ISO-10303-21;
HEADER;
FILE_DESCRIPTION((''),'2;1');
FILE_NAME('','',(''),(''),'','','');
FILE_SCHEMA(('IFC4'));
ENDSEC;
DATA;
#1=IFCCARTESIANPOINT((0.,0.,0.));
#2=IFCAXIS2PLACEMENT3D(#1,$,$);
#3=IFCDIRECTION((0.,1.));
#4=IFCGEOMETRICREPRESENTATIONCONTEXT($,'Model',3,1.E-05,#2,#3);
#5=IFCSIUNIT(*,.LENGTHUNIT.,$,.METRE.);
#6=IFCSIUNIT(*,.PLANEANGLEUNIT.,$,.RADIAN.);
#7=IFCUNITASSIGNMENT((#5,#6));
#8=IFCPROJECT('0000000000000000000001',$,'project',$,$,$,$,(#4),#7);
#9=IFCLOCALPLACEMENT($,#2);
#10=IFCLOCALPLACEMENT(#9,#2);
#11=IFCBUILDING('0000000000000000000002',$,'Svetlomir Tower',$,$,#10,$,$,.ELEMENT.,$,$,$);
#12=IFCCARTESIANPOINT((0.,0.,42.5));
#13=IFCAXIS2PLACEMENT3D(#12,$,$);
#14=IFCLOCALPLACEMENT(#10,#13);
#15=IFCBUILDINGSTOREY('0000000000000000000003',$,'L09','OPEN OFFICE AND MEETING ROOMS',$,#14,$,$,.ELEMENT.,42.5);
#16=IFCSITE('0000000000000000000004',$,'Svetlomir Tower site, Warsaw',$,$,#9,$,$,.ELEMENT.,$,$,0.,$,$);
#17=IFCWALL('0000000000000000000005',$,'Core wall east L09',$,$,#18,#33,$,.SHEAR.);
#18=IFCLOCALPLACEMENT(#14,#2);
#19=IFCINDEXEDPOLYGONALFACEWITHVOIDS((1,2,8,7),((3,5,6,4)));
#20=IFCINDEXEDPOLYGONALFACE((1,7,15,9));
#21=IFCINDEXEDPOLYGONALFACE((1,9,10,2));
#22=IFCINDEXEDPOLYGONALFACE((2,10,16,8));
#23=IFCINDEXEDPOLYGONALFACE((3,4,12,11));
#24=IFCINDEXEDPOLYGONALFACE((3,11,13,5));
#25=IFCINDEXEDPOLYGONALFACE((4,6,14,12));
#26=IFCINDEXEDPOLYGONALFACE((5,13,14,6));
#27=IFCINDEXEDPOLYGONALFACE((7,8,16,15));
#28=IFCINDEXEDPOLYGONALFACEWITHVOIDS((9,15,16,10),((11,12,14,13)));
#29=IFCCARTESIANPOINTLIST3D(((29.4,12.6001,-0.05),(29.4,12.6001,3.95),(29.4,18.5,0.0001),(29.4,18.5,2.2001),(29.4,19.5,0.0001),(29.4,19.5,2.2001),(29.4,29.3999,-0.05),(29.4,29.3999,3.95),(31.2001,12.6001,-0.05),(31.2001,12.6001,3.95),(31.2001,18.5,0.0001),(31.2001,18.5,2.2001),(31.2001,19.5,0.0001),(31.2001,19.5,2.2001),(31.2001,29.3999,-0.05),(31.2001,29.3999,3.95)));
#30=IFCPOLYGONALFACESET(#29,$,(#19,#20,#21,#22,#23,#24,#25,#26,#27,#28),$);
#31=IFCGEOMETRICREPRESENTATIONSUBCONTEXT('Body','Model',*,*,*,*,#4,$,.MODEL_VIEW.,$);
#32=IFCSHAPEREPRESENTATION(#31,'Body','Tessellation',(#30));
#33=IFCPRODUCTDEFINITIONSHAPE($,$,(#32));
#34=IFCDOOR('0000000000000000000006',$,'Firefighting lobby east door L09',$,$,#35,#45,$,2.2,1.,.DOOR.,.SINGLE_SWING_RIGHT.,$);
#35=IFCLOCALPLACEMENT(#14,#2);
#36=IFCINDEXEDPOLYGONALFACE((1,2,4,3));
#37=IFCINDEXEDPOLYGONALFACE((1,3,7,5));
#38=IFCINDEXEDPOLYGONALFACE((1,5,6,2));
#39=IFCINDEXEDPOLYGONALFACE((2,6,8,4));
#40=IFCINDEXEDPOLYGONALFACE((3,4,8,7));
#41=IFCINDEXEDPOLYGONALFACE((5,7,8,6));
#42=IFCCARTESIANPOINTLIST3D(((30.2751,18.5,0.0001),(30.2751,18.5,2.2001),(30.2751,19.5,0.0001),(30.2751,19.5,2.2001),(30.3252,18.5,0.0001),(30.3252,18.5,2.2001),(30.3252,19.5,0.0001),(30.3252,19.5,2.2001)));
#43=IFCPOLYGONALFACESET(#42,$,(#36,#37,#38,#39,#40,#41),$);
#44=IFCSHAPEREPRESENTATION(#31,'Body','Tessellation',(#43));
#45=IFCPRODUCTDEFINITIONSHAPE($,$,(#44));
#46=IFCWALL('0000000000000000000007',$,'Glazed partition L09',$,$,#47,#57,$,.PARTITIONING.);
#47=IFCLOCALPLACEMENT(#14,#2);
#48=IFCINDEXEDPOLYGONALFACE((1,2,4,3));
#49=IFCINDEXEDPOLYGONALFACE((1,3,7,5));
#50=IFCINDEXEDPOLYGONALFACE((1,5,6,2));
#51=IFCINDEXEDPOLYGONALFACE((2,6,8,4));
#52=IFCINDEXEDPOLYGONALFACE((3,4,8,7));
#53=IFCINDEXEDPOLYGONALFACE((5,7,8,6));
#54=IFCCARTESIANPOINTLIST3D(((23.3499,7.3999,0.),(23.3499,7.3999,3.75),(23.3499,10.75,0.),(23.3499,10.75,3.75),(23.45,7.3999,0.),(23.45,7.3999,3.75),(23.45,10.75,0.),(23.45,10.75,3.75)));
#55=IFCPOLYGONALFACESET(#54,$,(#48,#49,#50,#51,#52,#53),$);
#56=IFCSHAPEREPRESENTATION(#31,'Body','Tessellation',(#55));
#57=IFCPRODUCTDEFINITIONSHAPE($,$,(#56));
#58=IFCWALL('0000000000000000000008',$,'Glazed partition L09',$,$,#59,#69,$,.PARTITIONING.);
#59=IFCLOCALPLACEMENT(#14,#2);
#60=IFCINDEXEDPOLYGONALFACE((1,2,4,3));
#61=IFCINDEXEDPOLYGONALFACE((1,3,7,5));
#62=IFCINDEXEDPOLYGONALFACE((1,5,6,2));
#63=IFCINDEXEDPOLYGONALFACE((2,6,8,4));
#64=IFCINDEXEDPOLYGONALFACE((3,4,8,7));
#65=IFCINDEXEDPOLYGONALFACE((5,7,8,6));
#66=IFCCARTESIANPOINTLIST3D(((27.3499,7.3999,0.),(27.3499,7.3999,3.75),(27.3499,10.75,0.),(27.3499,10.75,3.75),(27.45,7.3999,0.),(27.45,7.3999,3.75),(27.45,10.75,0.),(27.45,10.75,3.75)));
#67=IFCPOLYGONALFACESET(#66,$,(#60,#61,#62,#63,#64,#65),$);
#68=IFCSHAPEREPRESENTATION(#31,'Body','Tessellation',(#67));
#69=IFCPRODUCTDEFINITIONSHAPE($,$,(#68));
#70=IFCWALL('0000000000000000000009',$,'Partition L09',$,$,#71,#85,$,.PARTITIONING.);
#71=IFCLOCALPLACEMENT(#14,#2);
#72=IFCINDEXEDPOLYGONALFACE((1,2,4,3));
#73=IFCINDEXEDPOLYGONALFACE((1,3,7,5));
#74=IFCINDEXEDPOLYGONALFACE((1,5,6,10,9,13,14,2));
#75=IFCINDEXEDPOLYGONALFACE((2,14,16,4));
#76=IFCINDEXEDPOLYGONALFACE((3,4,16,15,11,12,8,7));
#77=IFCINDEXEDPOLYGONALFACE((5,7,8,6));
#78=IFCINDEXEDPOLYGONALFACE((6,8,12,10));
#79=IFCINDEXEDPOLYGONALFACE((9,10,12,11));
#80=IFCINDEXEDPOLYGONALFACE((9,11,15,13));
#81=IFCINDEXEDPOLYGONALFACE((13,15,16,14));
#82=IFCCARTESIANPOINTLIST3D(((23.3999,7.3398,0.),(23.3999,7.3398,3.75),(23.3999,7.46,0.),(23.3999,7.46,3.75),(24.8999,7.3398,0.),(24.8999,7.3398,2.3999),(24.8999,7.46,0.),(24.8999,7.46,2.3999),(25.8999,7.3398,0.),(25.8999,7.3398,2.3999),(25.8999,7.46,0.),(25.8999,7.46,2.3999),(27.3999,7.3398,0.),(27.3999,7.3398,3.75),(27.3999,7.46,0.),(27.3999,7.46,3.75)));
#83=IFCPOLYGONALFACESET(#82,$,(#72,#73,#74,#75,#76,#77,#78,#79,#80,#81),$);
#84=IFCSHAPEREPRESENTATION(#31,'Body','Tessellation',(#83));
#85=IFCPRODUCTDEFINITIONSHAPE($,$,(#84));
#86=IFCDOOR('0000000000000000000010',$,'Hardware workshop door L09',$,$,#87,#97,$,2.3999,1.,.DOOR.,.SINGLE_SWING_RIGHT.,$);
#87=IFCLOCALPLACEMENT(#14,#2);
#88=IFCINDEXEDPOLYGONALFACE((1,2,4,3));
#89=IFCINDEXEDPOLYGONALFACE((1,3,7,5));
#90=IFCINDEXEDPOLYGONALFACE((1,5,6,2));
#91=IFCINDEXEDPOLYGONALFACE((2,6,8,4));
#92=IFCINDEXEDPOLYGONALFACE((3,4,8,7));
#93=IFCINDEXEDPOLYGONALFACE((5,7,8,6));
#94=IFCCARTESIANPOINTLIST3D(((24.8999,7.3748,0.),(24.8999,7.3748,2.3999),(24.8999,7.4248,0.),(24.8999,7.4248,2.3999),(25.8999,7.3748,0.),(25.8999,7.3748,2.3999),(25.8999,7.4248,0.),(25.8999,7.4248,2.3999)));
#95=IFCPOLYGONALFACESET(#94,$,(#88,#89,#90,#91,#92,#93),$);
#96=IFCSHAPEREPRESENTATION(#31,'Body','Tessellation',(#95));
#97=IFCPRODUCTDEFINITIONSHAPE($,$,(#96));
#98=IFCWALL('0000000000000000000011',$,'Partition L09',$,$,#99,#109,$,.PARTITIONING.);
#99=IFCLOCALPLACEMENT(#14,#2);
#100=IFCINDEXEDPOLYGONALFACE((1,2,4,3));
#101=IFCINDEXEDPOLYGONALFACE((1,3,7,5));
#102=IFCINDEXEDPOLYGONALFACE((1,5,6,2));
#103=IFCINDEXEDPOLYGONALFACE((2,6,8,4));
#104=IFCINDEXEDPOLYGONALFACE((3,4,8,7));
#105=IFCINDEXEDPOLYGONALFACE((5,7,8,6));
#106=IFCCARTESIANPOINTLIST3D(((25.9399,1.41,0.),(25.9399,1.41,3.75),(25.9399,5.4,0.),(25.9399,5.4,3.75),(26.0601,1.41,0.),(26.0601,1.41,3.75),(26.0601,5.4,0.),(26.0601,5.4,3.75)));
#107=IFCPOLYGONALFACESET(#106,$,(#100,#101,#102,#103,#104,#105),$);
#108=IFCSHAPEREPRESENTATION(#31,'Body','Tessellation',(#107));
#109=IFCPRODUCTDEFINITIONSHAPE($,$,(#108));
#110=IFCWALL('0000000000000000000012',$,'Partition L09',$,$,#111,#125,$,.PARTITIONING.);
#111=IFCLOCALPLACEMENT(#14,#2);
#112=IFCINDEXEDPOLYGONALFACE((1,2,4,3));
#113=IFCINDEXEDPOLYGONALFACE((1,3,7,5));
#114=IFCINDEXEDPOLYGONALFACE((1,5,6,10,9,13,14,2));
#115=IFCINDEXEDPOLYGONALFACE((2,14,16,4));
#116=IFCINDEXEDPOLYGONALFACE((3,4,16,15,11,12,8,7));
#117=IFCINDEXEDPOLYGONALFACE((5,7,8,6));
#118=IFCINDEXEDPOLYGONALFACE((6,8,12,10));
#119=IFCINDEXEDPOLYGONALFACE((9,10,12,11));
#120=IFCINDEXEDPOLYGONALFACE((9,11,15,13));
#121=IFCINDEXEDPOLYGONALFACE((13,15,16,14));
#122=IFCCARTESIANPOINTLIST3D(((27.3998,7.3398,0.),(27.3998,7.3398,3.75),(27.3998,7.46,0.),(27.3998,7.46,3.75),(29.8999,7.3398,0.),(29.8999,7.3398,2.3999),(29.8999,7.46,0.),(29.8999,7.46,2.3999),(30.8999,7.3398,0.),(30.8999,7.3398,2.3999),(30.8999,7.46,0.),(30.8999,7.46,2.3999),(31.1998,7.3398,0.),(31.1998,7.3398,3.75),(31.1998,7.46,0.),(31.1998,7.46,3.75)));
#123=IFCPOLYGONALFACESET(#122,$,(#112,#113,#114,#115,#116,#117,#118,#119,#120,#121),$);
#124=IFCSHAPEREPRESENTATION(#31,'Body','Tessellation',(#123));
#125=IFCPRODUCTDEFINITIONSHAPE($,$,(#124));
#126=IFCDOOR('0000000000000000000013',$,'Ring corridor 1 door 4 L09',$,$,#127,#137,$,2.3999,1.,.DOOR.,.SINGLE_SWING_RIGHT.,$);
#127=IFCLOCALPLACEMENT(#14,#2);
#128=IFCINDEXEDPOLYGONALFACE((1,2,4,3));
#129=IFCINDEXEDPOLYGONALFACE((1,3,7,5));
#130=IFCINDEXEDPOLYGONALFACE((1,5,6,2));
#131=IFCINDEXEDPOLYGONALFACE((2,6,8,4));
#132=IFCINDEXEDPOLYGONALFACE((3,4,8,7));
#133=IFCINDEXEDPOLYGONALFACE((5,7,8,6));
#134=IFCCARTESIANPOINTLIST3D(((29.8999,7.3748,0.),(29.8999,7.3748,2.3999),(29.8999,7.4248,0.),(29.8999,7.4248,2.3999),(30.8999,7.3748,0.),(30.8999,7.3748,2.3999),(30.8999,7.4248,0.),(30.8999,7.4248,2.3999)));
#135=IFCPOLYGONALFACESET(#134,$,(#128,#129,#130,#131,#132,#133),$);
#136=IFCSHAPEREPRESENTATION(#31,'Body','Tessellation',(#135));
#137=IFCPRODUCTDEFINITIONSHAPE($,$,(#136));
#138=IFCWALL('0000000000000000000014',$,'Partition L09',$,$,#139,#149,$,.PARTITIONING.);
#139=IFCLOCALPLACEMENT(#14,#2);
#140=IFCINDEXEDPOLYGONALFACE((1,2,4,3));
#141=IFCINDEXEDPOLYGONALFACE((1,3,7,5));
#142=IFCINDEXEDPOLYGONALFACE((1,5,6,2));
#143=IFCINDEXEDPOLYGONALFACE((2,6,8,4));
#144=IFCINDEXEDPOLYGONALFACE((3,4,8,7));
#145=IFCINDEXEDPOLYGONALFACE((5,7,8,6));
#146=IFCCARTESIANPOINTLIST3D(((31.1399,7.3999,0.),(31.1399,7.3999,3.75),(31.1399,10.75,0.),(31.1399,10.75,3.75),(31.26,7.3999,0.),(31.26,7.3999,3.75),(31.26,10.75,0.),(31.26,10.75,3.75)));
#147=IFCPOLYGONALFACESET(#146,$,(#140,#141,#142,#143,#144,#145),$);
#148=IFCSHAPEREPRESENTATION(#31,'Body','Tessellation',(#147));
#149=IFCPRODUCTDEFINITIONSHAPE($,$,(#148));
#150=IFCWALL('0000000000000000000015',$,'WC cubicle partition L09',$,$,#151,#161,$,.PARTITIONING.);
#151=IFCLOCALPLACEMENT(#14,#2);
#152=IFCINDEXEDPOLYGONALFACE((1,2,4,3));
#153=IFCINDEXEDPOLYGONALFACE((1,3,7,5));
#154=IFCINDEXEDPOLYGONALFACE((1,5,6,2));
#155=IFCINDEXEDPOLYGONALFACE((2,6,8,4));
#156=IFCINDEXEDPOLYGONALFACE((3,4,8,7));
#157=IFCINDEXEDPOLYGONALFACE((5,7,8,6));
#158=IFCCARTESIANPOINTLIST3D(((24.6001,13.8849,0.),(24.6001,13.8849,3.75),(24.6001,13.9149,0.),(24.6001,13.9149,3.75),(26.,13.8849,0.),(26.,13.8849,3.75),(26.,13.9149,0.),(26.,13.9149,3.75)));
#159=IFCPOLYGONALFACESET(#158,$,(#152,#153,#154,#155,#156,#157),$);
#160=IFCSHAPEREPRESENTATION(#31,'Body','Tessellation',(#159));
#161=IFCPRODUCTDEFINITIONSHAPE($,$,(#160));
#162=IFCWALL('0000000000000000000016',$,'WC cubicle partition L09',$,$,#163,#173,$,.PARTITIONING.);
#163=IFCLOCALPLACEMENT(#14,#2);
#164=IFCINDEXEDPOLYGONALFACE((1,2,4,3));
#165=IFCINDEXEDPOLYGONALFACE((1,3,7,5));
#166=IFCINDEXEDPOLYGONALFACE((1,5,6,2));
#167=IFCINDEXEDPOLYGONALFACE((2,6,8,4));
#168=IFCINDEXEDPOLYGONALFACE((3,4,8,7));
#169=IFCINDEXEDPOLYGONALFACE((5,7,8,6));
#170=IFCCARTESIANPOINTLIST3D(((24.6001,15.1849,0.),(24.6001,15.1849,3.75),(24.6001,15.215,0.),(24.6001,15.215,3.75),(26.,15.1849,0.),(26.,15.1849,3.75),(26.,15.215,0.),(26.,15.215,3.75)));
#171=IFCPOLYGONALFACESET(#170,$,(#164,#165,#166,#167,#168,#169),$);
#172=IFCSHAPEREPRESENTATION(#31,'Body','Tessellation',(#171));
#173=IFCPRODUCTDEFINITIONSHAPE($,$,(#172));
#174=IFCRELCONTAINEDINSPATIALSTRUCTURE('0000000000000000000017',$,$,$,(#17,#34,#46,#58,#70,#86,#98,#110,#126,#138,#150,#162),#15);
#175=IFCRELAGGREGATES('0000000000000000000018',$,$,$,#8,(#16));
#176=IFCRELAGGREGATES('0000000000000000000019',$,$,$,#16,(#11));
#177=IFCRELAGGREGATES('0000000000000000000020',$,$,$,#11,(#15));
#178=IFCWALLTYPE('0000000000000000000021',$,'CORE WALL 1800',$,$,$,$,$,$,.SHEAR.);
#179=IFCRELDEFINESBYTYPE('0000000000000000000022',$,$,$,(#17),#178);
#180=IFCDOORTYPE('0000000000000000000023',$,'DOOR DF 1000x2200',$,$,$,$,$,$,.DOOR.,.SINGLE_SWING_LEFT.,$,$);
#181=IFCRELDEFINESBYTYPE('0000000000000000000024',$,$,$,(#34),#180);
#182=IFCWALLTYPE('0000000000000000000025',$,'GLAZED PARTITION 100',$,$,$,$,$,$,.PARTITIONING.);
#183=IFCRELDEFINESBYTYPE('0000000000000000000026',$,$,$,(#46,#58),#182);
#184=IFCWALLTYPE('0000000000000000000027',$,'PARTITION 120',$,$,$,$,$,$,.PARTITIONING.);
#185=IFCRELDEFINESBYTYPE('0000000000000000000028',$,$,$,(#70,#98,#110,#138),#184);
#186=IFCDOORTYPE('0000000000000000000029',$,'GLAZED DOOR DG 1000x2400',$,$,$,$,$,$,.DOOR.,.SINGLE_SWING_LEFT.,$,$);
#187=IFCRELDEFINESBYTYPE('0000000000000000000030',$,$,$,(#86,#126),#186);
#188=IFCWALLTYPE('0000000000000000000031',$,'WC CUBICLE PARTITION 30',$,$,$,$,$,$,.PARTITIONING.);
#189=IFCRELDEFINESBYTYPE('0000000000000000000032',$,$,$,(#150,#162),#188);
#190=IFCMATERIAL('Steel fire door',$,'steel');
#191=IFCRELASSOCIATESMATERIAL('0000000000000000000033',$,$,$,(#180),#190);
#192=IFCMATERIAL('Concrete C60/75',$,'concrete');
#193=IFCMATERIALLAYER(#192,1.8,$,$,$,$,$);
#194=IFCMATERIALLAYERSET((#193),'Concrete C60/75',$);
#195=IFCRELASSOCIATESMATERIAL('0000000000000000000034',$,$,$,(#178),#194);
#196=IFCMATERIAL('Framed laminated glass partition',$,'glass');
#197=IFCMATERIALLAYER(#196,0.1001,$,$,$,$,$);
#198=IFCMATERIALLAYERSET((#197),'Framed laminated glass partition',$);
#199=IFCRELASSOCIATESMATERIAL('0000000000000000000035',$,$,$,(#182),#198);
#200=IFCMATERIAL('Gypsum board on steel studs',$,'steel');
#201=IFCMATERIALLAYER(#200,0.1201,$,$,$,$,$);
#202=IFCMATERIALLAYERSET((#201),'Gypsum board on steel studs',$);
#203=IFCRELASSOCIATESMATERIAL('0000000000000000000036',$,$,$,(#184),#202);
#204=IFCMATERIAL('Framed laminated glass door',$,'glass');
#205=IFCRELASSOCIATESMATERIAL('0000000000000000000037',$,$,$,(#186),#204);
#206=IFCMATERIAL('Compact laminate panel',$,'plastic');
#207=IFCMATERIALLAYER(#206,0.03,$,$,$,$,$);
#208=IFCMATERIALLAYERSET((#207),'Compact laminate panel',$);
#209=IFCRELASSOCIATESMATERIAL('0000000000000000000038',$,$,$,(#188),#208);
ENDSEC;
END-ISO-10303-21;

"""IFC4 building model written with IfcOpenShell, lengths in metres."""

from ifc_helpers import new_model, si_unit, direction, frame, frame_2d, origin, place, context, subcontext, project, spatial, rectangle, extrude, material, layer, layer_set, type_object, element, fill, save


model = new_model("IFC4")

# Units and contexts
model_context = context("Model", 3, precision=1e-05, world=origin(), true_north=direction((0.0, 1.0)))
body_context = subcontext(model_context, "Body", "Model", "MODEL_VIEW")
ifc_project = project(units=[si_unit("LENGTHUNIT", "METRE"), si_unit("PLANEANGLEUNIT", "RADIAN")], contexts=[model_context])

# Site, building, storey
site_placement = place(None, origin())
site = spatial("IfcSite", under=ifc_project, at=site_placement, Name="Svetlomir Tower site, Warsaw", CompositionType="ELEMENT", RefElevation=0.0)
building_placement = place(site_placement, origin())
building = spatial("IfcBuilding", under=site, at=building_placement, Name="Svetlomir Tower", CompositionType="ELEMENT")
storey_placement = place(building_placement, frame((0.0, 0.0, 42.5)))
storey = spatial("IfcBuildingStorey", under=building, at=storey_placement, Name="L09", Description="OPEN OFFICE AND MEETING ROOMS", CompositionType="ELEMENT", Elevation=42.5)

# Shared definitions
ifc_material_1 = material(Name="Steel fire door", Category="steel")
door_type_1 = type_object("IfcDoorType", Name="DOOR DF 1000x2200", OperationType="SINGLE_SWING_LEFT", PredefinedType="DOOR", material=ifc_material_1)

# Wall, opening, door
ifc_material_2 = material(Name="Concrete C60/75", Category="concrete")
ifc_layer_1 = layer(ifc_material_2, 1.8)
ifc_layer_set_1 = layer_set([ifc_layer_1], Name="Concrete C60/75")
wall_type_1 = type_object("IfcWallType", Name="CORE WALL 1800", PredefinedType="SHEAR", material=ifc_layer_set_1)
wall_1_placement = place(storey_placement, frame((30.3, 12.6001, -0.05), z_axis=(0.0, 0.0, 1.0), x_axis=(0.0, 1.0, 0.0)))
wall_1 = element("IfcWall", 1, at=wall_1_placement, inside=storey, type_object=wall_type_1, Name="Core wall east L09", PredefinedType="SHEAR", context=body_context, shape_type="SweptSolid", body=[
    extrude(rectangle(XDim=16.7998, YDim=1.8, at=frame_2d((8.3999, 0.0))), origin(), (0.0, 0.0, 1.0), 4.0),
])
opening_1_placement = place(wall_1_placement, frame((5.8999, 0.0, 0.05)))
opening_1 = element("IfcOpeningElement", 2, at=opening_1_placement, cuts=wall_1, PredefinedType="OPENING", context=body_context, shape_type="SweptSolid", body=[
    extrude(rectangle(XDim=1.0, YDim=2.2, at=frame_2d((0.5, 1.1001))), frame((0.0, 0.9102, 0.0), z_axis=(0.0, -1.0, 0.0), x_axis=(1.0, 0.0, 0.0)), (0.0, 0.0, 1.0), 1.8201),
])
door_1_placement = place(opening_1_placement, origin())
door_1 = element("IfcDoor", 3, at=door_1_placement, inside=storey, type_object=door_type_1, Name="Firefighting lobby east door L09", OperationType="SINGLE_SWING_RIGHT", OverallHeight=2.2, OverallWidth=1.0, PredefinedType="DOOR", context=body_context, shape_type="SweptSolid", body=[
    extrude(rectangle(XDim=1.0, YDim=2.2, at=frame_2d((0.5, 1.1001))), frame((0.0, 0.0249, 0.0), z_axis=(0.0, -1.0, 0.0), x_axis=(1.0, 0.0, 0.0)), (0.0, 0.0, 1.0), 0.05),
])
fill(opening_1, door_1)

# Walls
ifc_material_3 = material(Name="Framed laminated glass partition", Category="glass")
ifc_layer_2 = layer(ifc_material_3, 0.1001)
ifc_layer_set_2 = layer_set([ifc_layer_2], Name="Framed laminated glass partition")
wall_type_2 = type_object("IfcWallType", Name="GLAZED PARTITION 100", PredefinedType="PARTITIONING", material=ifc_layer_set_2)
for number, where, z_axis, x_axis, name in (
    (4, (23.3999, 7.3999, 0.0), (0.0, 0.0, 1.0), (0.0, 1.0, 0.0), "Glazed partition L09"),
    (5, (27.3999, 7.3999, 0.0), (0.0, 0.0, 1.0), (0.0, 1.0, 0.0), "Glazed partition L09"),
):
    element("IfcWall", number, at=place(storey_placement, frame(where, z_axis=z_axis, x_axis=x_axis)), inside=storey, type_object=wall_type_2, Name=name, PredefinedType="PARTITIONING", context=body_context, shape_type="SweptSolid", body=[
        extrude(rectangle(XDim=3.3501, YDim=0.1001, at=frame_2d((1.675, 0.0))), origin(), (0.0, 0.0, 1.0), 3.75),
    ])

# Wall, opening, door
ifc_material_4 = material(Name="Gypsum board on steel studs", Category="steel")
ifc_layer_3 = layer(ifc_material_4, 0.1201)
ifc_layer_set_3 = layer_set([ifc_layer_3], Name="Gypsum board on steel studs")
wall_type_3 = type_object("IfcWallType", Name="PARTITION 120", PredefinedType="PARTITIONING", material=ifc_layer_set_3)
wall_2_placement = place(storey_placement, frame((23.3999, 7.3999, 0.0), z_axis=(0.0, 0.0, 1.0), x_axis=(1.0, 0.0, 0.0)))
wall_2 = element("IfcWall", 6, at=wall_2_placement, inside=storey, type_object=wall_type_3, Name="Partition L09", PredefinedType="PARTITIONING", context=body_context, shape_type="SweptSolid", body=[
    extrude(rectangle(XDim=4.0, YDim=0.1201, at=frame_2d((2.0, 0.0))), origin(), (0.0, 0.0, 1.0), 3.75),
])
opening_2_placement = place(wall_2_placement, frame((1.5, 0.0, 0.0)))
opening_2 = element("IfcOpeningElement", 7, at=opening_2_placement, cuts=wall_2, PredefinedType="OPENING", context=body_context, shape_type="SweptSolid", body=[
    extrude(rectangle(XDim=1.0, YDim=2.3999, at=frame_2d((0.5, 1.2))), frame((0.0, 0.0701, 0.0), z_axis=(0.0, -1.0, 0.0), x_axis=(1.0, 0.0, 0.0)), (0.0, 0.0, 1.0), 0.1401),
])
ifc_material_5 = material(Name="Framed laminated glass door", Category="glass")
door_type_2 = type_object("IfcDoorType", Name="GLAZED DOOR DG 1000x2400", OperationType="SINGLE_SWING_LEFT", PredefinedType="DOOR", material=ifc_material_5)
door_2_placement = place(opening_2_placement, origin())
door_2 = element("IfcDoor", 8, at=door_2_placement, inside=storey, type_object=door_type_2, Name="Hardware workshop door L09", OperationType="SINGLE_SWING_RIGHT", OverallHeight=2.3999, OverallWidth=1.0, PredefinedType="DOOR", context=body_context, shape_type="SweptSolid", body=[
    extrude(rectangle(XDim=1.0, YDim=2.3999, at=frame_2d((0.5, 1.2))), frame((0.0, 0.0249, 0.0), z_axis=(0.0, -1.0, 0.0), x_axis=(1.0, 0.0, 0.0)), (0.0, 0.0, 1.0), 0.05),
])
fill(opening_2, door_2)

# Wall
wall_3_placement = place(storey_placement, frame((26.0, 1.4099, 0.0), z_axis=(0.0, 0.0, 1.0), x_axis=(0.0, 1.0, 0.0)))
element("IfcWall", 9, at=wall_3_placement, inside=storey, type_object=wall_type_3, Name="Partition L09", PredefinedType="PARTITIONING", context=body_context, shape_type="SweptSolid", body=[
    extrude(rectangle(XDim=3.99, YDim=0.1201, at=frame_2d((1.9951, 0.0))), origin(), (0.0, 0.0, 1.0), 3.75),
])

# Wall, opening, door
wall_4_placement = place(storey_placement, frame((27.3999, 7.3999, 0.0), z_axis=(0.0, 0.0, 1.0), x_axis=(1.0, 0.0, 0.0)))
wall_4 = element("IfcWall", 10, at=wall_4_placement, inside=storey, type_object=wall_type_3, Name="Partition L09", PredefinedType="PARTITIONING", context=body_context, shape_type="SweptSolid", body=[
    extrude(rectangle(XDim=3.8, YDim=0.1201, at=frame_2d((1.8999, 0.0))), origin(), (0.0, 0.0, 1.0), 3.75),
])
opening_3_placement = place(wall_4_placement, frame((2.5, 0.0, 0.0)))
opening_3 = element("IfcOpeningElement", 11, at=opening_3_placement, cuts=wall_4, PredefinedType="OPENING", context=body_context, shape_type="SweptSolid", body=[
    extrude(rectangle(XDim=1.0, YDim=2.3999, at=frame_2d((0.5, 1.2))), frame((0.0, 0.0701, 0.0), z_axis=(0.0, -1.0, 0.0), x_axis=(1.0, 0.0, 0.0)), (0.0, 0.0, 1.0), 0.1401),
])
door_3_placement = place(opening_3_placement, origin())
door_3 = element("IfcDoor", 12, at=door_3_placement, inside=storey, type_object=door_type_2, Name="Ring corridor 1 door 4 L09", OperationType="SINGLE_SWING_RIGHT", OverallHeight=2.3999, OverallWidth=1.0, PredefinedType="DOOR", context=body_context, shape_type="SweptSolid", body=[
    extrude(rectangle(XDim=1.0, YDim=2.3999, at=frame_2d((0.5, 1.2))), frame((0.0, 0.0249, 0.0), z_axis=(0.0, -1.0, 0.0), x_axis=(1.0, 0.0, 0.0)), (0.0, 0.0, 1.0), 0.05),
])
fill(opening_3, door_3)

# Walls
wall_5_placement = place(storey_placement, frame((31.2, 7.3999, 0.0), z_axis=(0.0, 0.0, 1.0), x_axis=(0.0, 1.0, 0.0)))
element("IfcWall", 13, at=wall_5_placement, inside=storey, type_object=wall_type_3, Name="Partition L09", PredefinedType="PARTITIONING", context=body_context, shape_type="SweptSolid", body=[
    extrude(rectangle(XDim=3.3501, YDim=0.1201, at=frame_2d((1.675, 0.0))), origin(), (0.0, 0.0, 1.0), 3.75),
])
ifc_material_6 = material(Name="Compact laminate panel", Category="plastic")
ifc_layer_4 = layer(ifc_material_6, 0.03)
ifc_layer_set_4 = layer_set([ifc_layer_4], Name="Compact laminate panel")
wall_type_4 = type_object("IfcWallType", Name="WC CUBICLE PARTITION 30", PredefinedType="PARTITIONING", material=ifc_layer_set_4)
for number, where, z_axis, x_axis, name in (
    (14, (24.6001, 13.8999, 0.0), (0.0, 0.0, 1.0), (1.0, 0.0, 0.0), "WC cubicle partition L09"),
    (15, (24.6001, 15.2, 0.0), (0.0, 0.0, 1.0), (1.0, 0.0, 0.0), "WC cubicle partition L09"),
):
    element("IfcWall", number, at=place(storey_placement, frame(where, z_axis=z_axis, x_axis=x_axis)), inside=storey, type_object=wall_type_4, Name=name, PredefinedType="PARTITIONING", context=body_context, shape_type="SweptSolid", body=[
        extrude(rectangle(XDim=1.3999, YDim=0.03, at=frame_2d((0.7, 0.0))), origin(), (0.0, 0.0, 1.0), 3.75),
    ])

save(model, "model.ifc")
